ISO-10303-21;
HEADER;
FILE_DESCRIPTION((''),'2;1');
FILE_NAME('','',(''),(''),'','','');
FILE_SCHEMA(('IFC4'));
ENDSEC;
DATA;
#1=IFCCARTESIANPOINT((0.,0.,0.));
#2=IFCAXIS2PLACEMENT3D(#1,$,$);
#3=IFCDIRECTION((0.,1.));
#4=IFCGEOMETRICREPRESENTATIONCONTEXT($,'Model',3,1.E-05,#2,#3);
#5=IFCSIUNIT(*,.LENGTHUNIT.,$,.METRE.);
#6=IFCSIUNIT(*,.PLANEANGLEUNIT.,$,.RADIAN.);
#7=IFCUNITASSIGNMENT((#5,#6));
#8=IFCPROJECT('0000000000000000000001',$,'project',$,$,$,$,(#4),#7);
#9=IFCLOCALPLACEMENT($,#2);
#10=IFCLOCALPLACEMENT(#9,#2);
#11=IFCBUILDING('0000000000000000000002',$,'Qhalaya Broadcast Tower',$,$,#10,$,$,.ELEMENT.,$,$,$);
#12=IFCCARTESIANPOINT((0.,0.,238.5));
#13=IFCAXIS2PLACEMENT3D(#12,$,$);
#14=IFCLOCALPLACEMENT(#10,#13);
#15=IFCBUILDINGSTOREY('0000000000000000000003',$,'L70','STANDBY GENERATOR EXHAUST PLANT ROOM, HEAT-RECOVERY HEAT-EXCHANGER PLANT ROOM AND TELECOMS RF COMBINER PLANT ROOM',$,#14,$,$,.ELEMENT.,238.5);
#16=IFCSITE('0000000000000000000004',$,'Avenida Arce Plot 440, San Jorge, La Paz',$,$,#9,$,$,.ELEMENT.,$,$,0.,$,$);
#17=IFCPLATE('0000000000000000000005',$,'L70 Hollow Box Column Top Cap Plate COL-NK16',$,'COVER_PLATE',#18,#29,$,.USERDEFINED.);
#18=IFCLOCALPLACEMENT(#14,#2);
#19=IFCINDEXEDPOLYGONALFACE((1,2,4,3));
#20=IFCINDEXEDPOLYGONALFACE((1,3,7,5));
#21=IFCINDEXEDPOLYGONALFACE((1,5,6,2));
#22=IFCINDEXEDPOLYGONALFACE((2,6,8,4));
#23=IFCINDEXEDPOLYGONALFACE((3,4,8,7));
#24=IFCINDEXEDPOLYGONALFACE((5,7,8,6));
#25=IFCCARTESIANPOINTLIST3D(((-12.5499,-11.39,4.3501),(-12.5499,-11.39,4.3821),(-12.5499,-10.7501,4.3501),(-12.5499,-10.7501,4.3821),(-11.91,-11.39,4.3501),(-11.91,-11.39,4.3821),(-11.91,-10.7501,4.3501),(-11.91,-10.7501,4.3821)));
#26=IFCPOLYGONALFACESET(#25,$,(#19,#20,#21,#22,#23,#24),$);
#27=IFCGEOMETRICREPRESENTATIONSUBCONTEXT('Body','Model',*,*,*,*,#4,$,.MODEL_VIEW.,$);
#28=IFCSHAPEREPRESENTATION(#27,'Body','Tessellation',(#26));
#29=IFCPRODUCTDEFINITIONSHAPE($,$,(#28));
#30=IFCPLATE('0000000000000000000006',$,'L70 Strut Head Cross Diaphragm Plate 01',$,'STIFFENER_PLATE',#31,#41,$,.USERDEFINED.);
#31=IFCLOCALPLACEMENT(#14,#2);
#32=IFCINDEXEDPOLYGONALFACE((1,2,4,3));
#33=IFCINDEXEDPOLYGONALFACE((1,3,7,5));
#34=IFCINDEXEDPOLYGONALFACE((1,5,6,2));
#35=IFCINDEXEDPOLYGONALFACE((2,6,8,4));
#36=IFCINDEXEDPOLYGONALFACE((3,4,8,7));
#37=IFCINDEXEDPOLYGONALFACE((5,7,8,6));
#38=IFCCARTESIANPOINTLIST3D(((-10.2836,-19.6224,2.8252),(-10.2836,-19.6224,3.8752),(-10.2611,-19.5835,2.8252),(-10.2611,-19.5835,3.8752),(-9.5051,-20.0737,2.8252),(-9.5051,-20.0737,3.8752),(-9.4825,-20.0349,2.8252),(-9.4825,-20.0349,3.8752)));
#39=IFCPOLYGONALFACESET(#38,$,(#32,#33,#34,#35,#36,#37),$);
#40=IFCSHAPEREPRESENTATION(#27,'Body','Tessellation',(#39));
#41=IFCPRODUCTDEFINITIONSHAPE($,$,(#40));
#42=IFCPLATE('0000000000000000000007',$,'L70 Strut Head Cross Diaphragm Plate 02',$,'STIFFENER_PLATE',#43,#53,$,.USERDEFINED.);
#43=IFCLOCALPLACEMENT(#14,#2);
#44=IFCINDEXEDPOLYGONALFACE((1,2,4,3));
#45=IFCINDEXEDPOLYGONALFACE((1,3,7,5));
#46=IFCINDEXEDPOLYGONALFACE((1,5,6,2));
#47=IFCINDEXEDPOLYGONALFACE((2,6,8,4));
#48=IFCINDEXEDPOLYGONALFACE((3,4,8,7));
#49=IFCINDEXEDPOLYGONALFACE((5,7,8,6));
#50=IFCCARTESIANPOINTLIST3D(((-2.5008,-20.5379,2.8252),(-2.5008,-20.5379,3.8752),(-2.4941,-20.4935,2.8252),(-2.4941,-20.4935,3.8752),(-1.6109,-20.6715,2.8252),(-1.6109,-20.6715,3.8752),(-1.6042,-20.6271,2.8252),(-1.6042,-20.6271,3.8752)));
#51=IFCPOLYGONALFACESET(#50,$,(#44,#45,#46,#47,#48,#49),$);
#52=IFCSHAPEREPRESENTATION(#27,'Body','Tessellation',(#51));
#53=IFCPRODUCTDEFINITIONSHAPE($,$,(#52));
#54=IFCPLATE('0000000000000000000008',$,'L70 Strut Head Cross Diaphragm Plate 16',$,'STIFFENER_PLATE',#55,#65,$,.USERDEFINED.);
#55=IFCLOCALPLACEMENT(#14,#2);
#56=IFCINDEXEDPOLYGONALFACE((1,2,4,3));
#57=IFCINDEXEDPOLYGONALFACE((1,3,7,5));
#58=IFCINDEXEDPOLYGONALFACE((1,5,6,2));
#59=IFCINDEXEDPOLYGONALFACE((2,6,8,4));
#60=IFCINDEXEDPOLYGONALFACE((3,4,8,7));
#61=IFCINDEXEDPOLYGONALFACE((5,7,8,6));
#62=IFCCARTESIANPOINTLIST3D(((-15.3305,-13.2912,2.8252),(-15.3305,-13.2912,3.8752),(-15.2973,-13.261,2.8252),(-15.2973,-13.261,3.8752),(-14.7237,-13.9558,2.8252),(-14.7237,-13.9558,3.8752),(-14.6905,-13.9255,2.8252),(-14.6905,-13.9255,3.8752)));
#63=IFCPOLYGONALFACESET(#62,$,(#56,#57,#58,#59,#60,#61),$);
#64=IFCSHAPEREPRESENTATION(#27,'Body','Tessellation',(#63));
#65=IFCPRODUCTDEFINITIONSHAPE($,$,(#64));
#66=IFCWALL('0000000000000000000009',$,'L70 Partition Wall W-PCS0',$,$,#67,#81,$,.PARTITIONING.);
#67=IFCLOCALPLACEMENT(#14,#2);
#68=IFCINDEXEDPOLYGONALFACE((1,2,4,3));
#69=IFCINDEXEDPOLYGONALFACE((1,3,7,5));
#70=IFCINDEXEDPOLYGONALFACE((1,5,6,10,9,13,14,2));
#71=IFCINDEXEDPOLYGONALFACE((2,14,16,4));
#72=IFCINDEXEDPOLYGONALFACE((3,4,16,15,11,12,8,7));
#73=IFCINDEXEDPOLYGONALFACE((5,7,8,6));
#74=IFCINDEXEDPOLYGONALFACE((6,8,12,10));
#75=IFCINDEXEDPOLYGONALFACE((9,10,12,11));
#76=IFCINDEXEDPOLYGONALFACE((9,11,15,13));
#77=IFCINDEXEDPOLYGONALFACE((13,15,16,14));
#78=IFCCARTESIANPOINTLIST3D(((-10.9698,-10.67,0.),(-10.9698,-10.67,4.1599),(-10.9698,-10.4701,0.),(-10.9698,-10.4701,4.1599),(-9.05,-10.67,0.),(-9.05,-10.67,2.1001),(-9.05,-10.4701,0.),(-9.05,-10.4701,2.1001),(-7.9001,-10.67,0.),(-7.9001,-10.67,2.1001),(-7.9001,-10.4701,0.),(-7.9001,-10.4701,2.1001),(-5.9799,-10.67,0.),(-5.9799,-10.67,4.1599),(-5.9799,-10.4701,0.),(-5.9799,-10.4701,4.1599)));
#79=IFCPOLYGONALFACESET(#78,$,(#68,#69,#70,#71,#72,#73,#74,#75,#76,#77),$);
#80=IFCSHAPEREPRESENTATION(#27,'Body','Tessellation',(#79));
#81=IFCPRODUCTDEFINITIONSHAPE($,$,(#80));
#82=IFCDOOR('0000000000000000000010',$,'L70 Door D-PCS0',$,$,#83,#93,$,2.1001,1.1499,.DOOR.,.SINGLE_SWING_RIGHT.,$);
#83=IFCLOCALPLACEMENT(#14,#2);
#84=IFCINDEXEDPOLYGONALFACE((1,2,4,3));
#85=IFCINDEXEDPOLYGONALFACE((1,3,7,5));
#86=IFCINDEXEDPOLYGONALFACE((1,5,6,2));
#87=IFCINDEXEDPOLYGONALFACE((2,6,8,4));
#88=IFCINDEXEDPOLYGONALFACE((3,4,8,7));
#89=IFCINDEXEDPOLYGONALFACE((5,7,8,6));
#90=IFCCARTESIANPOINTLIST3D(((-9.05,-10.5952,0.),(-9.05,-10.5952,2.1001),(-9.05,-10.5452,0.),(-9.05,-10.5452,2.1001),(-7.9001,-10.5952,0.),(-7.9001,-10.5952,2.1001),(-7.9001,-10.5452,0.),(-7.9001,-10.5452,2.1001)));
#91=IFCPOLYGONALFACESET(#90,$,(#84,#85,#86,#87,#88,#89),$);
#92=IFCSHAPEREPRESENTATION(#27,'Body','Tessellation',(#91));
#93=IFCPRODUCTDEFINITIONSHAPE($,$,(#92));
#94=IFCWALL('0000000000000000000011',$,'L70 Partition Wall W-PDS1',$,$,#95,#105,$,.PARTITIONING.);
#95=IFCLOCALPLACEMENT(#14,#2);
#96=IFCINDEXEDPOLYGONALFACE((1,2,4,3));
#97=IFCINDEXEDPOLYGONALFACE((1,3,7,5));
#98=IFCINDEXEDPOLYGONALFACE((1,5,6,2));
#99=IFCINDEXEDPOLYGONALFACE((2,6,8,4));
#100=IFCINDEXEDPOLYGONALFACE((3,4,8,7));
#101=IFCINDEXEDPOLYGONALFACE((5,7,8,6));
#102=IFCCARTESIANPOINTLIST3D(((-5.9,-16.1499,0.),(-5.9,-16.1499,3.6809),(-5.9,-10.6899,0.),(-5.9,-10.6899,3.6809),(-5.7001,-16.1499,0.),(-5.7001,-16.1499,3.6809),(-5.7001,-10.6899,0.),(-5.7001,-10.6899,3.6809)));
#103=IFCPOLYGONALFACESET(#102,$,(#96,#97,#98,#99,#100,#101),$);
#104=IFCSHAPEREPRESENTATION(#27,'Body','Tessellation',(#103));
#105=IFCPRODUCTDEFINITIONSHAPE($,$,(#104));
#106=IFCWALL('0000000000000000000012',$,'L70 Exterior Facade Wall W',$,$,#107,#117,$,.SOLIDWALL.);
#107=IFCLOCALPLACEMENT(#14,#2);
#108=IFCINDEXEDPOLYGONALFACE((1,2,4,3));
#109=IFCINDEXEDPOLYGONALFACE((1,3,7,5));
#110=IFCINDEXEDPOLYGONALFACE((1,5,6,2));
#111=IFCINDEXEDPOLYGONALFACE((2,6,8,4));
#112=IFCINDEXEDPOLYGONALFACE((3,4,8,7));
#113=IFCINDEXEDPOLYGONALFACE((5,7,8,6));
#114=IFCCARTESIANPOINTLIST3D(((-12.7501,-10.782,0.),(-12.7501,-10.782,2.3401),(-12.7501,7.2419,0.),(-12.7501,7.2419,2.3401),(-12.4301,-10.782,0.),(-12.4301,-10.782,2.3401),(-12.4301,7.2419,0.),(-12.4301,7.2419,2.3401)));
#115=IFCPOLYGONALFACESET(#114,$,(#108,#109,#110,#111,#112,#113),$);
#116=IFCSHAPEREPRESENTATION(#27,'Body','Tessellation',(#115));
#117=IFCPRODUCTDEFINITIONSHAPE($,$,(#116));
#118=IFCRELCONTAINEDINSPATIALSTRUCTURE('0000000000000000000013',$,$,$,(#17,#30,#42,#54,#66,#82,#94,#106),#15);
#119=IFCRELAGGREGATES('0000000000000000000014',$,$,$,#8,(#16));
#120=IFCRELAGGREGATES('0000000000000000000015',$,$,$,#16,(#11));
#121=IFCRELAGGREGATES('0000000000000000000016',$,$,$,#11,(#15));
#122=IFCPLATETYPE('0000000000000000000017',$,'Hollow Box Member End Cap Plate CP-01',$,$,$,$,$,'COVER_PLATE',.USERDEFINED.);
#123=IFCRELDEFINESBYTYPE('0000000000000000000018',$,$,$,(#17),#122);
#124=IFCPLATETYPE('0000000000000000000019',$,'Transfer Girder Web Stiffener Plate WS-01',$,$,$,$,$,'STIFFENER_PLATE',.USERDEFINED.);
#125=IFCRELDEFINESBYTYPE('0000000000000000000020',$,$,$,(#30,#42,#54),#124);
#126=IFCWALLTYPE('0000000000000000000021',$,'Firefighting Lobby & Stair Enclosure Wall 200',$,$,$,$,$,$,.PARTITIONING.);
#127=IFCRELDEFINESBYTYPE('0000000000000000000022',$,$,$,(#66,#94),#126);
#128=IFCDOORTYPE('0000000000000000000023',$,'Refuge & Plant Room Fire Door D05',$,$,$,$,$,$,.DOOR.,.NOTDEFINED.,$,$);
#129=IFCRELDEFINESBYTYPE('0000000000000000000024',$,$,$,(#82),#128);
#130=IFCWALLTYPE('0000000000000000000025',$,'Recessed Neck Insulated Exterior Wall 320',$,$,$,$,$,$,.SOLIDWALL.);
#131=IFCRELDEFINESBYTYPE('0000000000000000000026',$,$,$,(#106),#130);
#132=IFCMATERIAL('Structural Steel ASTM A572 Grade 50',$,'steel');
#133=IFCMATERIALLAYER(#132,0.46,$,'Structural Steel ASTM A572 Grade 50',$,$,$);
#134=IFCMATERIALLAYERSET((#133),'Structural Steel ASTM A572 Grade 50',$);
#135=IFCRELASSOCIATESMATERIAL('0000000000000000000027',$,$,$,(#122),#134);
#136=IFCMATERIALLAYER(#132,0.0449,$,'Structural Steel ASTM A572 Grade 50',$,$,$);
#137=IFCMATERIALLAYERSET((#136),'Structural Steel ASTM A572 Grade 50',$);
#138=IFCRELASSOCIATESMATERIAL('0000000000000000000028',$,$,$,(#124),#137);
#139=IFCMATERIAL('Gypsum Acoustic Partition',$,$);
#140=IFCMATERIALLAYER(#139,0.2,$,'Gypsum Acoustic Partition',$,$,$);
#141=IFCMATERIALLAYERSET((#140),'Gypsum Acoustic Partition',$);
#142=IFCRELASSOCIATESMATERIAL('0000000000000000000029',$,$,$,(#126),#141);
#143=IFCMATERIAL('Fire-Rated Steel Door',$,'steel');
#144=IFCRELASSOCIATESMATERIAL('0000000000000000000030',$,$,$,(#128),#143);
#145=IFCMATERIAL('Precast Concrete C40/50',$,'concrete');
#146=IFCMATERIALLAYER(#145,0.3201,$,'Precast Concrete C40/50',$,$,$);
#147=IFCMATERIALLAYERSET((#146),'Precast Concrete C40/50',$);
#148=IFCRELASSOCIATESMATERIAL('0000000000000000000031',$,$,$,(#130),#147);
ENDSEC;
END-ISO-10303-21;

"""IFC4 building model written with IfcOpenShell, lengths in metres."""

from ifc_helpers import new_model, si_unit, direction, frame, frame_2d, origin, origin_2d, place, context, subcontext, project, spatial, rectangle, extrude, material, layer, layer_set, type_object, element, fill, save


model = new_model("IFC4")

# Units and contexts
model_context = context("Model", 3, precision=1e-05, world=origin(), true_north=direction((0.0, 1.0)))
body_context = subcontext(model_context, "Body", "Model", "MODEL_VIEW")
ifc_project = project(units=[si_unit("LENGTHUNIT", "METRE"), si_unit("PLANEANGLEUNIT", "RADIAN")], contexts=[model_context])

# Site, building, storey
site_placement = place(None, origin())
site = spatial("IfcSite", under=ifc_project, at=site_placement, Name="Avenida Arce Plot 440, San Jorge, La Paz", CompositionType="ELEMENT", RefElevation=0.0)
building_placement = place(site_placement, origin())
building = spatial("IfcBuilding", under=site, at=building_placement, Name="Qhalaya Broadcast Tower", CompositionType="ELEMENT")
storey_placement = place(building_placement, frame((0.0, 0.0, 238.5)))
storey = spatial("IfcBuildingStorey", under=building, at=storey_placement, Name="L70", Description="STANDBY GENERATOR EXHAUST PLANT ROOM, HEAT-RECOVERY HEAT-EXCHANGER PLANT ROOM AND TELECOMS RF COMBINER PLANT ROOM", CompositionType="ELEMENT", Elevation=238.5)

# Shared definitions
ifc_material_1 = material(Name="Structural Steel ASTM A572 Grade 50", Category="steel")

# Plates
ifc_layer_1 = layer(ifc_material_1, 0.46, Name="Structural Steel ASTM A572 Grade 50")
ifc_layer_set_1 = layer_set([ifc_layer_1], Name="Structural Steel ASTM A572 Grade 50")
plate_type_1 = type_object("IfcPlateType", Name="Hollow Box Member End Cap Plate CP-01", ElementType="COVER_PLATE", PredefinedType="USERDEFINED", material=ifc_layer_set_1)
for number, where, z_axis, x_axis, name in (
    (1, (-12.23, -11.0701, 4.3501), (0.0, 0.0, 1.0), (0.0, 1.0, 0.0), "L70 Hollow Box Column Top Cap Plate COL-NK16"),
):
    element("IfcPlate", number, at=place(storey_placement, frame(where, z_axis=z_axis, x_axis=x_axis)), inside=storey, type_object=plate_type_1, Name=name, ObjectType="COVER_PLATE", PredefinedType="USERDEFINED", context=body_context, shape_type="SweptSolid", body=[
        extrude(rectangle(XDim=0.6399, YDim=0.6399, at=origin_2d()), origin(), (0.0, 0.0, 1.0), 0.032),
    ])
ifc_layer_2 = layer(ifc_material_1, 0.0449, Name="Structural Steel ASTM A572 Grade 50")
ifc_layer_set_2 = layer_set([ifc_layer_2], Name="Structural Steel ASTM A572 Grade 50")
plate_type_2 = type_object("IfcPlateType", Name="Transfer Girder Web Stiffener Plate WS-01", ElementType="STIFFENER_PLATE", PredefinedType="USERDEFINED", material=ifc_layer_set_2)
for number, where, z_axis, x_axis, name in (
    (2, (-9.8831, -19.8286, 2.8252), (0.0, 0.0, 1.0), (0.865116, -0.501571, 0.0), "L70 Strut Head Cross Diaphragm Plate 01"),
    (3, (-2.0525, -20.5825, 2.8252), (0.0, 0.0, 1.0), (0.988918, -0.148465, 0.0), "L70 Strut Head Cross Diaphragm Plate 02"),
    (4, (-15.0105, -13.6084, 2.8252), (0.0, 0.0, 1.0), (0.674238, -0.738514, 0.0), "L70 Strut Head Cross Diaphragm Plate 16"),
):
    element("IfcPlate", number, at=place(storey_placement, frame(where, z_axis=z_axis, x_axis=x_axis)), inside=storey, type_object=plate_type_2, Name=name, ObjectType="STIFFENER_PLATE", PredefinedType="USERDEFINED", context=body_context, shape_type="SweptSolid", body=[
        extrude(rectangle(XDim=0.8999, YDim=0.0449, at=origin_2d()), origin(), (0.0, 0.0, 1.0), 1.05),
    ])

# Wall, opening, door
ifc_material_2 = material(Name="Gypsum Acoustic Partition")
ifc_layer_3 = layer(ifc_material_2, 0.2, Name="Gypsum Acoustic Partition")
ifc_layer_set_3 = layer_set([ifc_layer_3], Name="Gypsum Acoustic Partition")
wall_type_1 = type_object("IfcWallType", Name="Firefighting Lobby & Stair Enclosure Wall 200", PredefinedType="PARTITIONING", material=ifc_layer_set_3)
wall_1_placement = place(storey_placement, frame((-10.97, -10.5701, 0.0), z_axis=(0.0, 0.0, 1.0), x_axis=(1.0, 0.0, 0.0)))
wall_1 = element("IfcWall", 5, at=wall_1_placement, inside=storey, type_object=wall_type_1, Name="L70 Partition Wall W-PCS0", PredefinedType="PARTITIONING", context=body_context, shape_type="SweptSolid", body=[
    extrude(rectangle(XDim=4.99, YDim=0.2, at=frame_2d((2.4951, 0.0))), origin(), (0.0, 0.0, 1.0), 4.1599),
])
opening_placement = place(wall_1_placement, frame((1.9199, 0.0, 0.0)))
opening = element("IfcOpeningElement", 6, at=opening_placement, cuts=wall_1, PredefinedType="OPENING", context=body_context, shape_type="SweptSolid", body=[
    extrude(rectangle(XDim=1.1499, YDim=2.1001, at=frame_2d((0.575, 1.05))), frame((0.0, 0.1121, 0.0), z_axis=(0.0, -1.0, 0.0), x_axis=(1.0, 0.0, 0.0)), (0.0, 0.0, 1.0), 0.2239),
])
ifc_material_3 = material(Name="Fire-Rated Steel Door", Category="steel")
door_type = type_object("IfcDoorType", Name="Refuge & Plant Room Fire Door D05", OperationType="NOTDEFINED", PredefinedType="DOOR", material=ifc_material_3)
door_placement = place(opening_placement, origin())
door = element("IfcDoor", 7, at=door_placement, inside=storey, type_object=door_type, Name="L70 Door D-PCS0", OperationType="SINGLE_SWING_RIGHT", OverallHeight=2.1001, OverallWidth=1.1499, PredefinedType="DOOR", context=body_context, shape_type="SweptSolid", body=[
    extrude(rectangle(XDim=1.1499, YDim=2.1001, at=frame_2d((0.575, 1.05))), frame((0.0, 0.0249, 0.0), z_axis=(0.0, -1.0, 0.0), x_axis=(1.0, 0.0, 0.0)), (0.0, 0.0, 1.0), 0.05),
])
fill(opening, door)

# Walls
wall_2_placement = place(storey_placement, frame((-5.8, -16.1499, 0.0), z_axis=(0.0, 0.0, 1.0), x_axis=(0.0, 1.0, 0.0)))
element("IfcWall", 8, at=wall_2_placement, inside=storey, type_object=wall_type_1, Name="L70 Partition Wall W-PDS1", PredefinedType="PARTITIONING", context=body_context, shape_type="SweptSolid", body=[
    extrude(rectangle(XDim=5.46, YDim=0.2, at=frame_2d((2.73, 0.0))), origin(), (0.0, 0.0, 1.0), 3.6809),
])
ifc_material_4 = material(Name="Precast Concrete C40/50", Category="concrete")
ifc_layer_4 = layer(ifc_material_4, 0.3201, Name="Precast Concrete C40/50")
ifc_layer_set_4 = layer_set([ifc_layer_4], Name="Precast Concrete C40/50")
wall_type_2 = type_object("IfcWallType", Name="Recessed Neck Insulated Exterior Wall 320", PredefinedType="SOLIDWALL", material=ifc_layer_set_4)
wall_3_placement = place(storey_placement, frame((-12.5901, -10.782, 0.0), z_axis=(0.0, 0.0, 1.0), x_axis=(0.0, 1.0, 0.0)))
element("IfcWall", 9, at=wall_3_placement, inside=storey, type_object=wall_type_2, Name="L70 Exterior Facade Wall W", PredefinedType="SOLIDWALL", context=body_context, shape_type="SweptSolid", body=[
    extrude(rectangle(XDim=18.0239, YDim=0.3201, at=frame_2d((9.012, 0.0))), origin(), (0.0, 0.0, 1.0), 2.3401),
])

save(model, "model.ifc")
